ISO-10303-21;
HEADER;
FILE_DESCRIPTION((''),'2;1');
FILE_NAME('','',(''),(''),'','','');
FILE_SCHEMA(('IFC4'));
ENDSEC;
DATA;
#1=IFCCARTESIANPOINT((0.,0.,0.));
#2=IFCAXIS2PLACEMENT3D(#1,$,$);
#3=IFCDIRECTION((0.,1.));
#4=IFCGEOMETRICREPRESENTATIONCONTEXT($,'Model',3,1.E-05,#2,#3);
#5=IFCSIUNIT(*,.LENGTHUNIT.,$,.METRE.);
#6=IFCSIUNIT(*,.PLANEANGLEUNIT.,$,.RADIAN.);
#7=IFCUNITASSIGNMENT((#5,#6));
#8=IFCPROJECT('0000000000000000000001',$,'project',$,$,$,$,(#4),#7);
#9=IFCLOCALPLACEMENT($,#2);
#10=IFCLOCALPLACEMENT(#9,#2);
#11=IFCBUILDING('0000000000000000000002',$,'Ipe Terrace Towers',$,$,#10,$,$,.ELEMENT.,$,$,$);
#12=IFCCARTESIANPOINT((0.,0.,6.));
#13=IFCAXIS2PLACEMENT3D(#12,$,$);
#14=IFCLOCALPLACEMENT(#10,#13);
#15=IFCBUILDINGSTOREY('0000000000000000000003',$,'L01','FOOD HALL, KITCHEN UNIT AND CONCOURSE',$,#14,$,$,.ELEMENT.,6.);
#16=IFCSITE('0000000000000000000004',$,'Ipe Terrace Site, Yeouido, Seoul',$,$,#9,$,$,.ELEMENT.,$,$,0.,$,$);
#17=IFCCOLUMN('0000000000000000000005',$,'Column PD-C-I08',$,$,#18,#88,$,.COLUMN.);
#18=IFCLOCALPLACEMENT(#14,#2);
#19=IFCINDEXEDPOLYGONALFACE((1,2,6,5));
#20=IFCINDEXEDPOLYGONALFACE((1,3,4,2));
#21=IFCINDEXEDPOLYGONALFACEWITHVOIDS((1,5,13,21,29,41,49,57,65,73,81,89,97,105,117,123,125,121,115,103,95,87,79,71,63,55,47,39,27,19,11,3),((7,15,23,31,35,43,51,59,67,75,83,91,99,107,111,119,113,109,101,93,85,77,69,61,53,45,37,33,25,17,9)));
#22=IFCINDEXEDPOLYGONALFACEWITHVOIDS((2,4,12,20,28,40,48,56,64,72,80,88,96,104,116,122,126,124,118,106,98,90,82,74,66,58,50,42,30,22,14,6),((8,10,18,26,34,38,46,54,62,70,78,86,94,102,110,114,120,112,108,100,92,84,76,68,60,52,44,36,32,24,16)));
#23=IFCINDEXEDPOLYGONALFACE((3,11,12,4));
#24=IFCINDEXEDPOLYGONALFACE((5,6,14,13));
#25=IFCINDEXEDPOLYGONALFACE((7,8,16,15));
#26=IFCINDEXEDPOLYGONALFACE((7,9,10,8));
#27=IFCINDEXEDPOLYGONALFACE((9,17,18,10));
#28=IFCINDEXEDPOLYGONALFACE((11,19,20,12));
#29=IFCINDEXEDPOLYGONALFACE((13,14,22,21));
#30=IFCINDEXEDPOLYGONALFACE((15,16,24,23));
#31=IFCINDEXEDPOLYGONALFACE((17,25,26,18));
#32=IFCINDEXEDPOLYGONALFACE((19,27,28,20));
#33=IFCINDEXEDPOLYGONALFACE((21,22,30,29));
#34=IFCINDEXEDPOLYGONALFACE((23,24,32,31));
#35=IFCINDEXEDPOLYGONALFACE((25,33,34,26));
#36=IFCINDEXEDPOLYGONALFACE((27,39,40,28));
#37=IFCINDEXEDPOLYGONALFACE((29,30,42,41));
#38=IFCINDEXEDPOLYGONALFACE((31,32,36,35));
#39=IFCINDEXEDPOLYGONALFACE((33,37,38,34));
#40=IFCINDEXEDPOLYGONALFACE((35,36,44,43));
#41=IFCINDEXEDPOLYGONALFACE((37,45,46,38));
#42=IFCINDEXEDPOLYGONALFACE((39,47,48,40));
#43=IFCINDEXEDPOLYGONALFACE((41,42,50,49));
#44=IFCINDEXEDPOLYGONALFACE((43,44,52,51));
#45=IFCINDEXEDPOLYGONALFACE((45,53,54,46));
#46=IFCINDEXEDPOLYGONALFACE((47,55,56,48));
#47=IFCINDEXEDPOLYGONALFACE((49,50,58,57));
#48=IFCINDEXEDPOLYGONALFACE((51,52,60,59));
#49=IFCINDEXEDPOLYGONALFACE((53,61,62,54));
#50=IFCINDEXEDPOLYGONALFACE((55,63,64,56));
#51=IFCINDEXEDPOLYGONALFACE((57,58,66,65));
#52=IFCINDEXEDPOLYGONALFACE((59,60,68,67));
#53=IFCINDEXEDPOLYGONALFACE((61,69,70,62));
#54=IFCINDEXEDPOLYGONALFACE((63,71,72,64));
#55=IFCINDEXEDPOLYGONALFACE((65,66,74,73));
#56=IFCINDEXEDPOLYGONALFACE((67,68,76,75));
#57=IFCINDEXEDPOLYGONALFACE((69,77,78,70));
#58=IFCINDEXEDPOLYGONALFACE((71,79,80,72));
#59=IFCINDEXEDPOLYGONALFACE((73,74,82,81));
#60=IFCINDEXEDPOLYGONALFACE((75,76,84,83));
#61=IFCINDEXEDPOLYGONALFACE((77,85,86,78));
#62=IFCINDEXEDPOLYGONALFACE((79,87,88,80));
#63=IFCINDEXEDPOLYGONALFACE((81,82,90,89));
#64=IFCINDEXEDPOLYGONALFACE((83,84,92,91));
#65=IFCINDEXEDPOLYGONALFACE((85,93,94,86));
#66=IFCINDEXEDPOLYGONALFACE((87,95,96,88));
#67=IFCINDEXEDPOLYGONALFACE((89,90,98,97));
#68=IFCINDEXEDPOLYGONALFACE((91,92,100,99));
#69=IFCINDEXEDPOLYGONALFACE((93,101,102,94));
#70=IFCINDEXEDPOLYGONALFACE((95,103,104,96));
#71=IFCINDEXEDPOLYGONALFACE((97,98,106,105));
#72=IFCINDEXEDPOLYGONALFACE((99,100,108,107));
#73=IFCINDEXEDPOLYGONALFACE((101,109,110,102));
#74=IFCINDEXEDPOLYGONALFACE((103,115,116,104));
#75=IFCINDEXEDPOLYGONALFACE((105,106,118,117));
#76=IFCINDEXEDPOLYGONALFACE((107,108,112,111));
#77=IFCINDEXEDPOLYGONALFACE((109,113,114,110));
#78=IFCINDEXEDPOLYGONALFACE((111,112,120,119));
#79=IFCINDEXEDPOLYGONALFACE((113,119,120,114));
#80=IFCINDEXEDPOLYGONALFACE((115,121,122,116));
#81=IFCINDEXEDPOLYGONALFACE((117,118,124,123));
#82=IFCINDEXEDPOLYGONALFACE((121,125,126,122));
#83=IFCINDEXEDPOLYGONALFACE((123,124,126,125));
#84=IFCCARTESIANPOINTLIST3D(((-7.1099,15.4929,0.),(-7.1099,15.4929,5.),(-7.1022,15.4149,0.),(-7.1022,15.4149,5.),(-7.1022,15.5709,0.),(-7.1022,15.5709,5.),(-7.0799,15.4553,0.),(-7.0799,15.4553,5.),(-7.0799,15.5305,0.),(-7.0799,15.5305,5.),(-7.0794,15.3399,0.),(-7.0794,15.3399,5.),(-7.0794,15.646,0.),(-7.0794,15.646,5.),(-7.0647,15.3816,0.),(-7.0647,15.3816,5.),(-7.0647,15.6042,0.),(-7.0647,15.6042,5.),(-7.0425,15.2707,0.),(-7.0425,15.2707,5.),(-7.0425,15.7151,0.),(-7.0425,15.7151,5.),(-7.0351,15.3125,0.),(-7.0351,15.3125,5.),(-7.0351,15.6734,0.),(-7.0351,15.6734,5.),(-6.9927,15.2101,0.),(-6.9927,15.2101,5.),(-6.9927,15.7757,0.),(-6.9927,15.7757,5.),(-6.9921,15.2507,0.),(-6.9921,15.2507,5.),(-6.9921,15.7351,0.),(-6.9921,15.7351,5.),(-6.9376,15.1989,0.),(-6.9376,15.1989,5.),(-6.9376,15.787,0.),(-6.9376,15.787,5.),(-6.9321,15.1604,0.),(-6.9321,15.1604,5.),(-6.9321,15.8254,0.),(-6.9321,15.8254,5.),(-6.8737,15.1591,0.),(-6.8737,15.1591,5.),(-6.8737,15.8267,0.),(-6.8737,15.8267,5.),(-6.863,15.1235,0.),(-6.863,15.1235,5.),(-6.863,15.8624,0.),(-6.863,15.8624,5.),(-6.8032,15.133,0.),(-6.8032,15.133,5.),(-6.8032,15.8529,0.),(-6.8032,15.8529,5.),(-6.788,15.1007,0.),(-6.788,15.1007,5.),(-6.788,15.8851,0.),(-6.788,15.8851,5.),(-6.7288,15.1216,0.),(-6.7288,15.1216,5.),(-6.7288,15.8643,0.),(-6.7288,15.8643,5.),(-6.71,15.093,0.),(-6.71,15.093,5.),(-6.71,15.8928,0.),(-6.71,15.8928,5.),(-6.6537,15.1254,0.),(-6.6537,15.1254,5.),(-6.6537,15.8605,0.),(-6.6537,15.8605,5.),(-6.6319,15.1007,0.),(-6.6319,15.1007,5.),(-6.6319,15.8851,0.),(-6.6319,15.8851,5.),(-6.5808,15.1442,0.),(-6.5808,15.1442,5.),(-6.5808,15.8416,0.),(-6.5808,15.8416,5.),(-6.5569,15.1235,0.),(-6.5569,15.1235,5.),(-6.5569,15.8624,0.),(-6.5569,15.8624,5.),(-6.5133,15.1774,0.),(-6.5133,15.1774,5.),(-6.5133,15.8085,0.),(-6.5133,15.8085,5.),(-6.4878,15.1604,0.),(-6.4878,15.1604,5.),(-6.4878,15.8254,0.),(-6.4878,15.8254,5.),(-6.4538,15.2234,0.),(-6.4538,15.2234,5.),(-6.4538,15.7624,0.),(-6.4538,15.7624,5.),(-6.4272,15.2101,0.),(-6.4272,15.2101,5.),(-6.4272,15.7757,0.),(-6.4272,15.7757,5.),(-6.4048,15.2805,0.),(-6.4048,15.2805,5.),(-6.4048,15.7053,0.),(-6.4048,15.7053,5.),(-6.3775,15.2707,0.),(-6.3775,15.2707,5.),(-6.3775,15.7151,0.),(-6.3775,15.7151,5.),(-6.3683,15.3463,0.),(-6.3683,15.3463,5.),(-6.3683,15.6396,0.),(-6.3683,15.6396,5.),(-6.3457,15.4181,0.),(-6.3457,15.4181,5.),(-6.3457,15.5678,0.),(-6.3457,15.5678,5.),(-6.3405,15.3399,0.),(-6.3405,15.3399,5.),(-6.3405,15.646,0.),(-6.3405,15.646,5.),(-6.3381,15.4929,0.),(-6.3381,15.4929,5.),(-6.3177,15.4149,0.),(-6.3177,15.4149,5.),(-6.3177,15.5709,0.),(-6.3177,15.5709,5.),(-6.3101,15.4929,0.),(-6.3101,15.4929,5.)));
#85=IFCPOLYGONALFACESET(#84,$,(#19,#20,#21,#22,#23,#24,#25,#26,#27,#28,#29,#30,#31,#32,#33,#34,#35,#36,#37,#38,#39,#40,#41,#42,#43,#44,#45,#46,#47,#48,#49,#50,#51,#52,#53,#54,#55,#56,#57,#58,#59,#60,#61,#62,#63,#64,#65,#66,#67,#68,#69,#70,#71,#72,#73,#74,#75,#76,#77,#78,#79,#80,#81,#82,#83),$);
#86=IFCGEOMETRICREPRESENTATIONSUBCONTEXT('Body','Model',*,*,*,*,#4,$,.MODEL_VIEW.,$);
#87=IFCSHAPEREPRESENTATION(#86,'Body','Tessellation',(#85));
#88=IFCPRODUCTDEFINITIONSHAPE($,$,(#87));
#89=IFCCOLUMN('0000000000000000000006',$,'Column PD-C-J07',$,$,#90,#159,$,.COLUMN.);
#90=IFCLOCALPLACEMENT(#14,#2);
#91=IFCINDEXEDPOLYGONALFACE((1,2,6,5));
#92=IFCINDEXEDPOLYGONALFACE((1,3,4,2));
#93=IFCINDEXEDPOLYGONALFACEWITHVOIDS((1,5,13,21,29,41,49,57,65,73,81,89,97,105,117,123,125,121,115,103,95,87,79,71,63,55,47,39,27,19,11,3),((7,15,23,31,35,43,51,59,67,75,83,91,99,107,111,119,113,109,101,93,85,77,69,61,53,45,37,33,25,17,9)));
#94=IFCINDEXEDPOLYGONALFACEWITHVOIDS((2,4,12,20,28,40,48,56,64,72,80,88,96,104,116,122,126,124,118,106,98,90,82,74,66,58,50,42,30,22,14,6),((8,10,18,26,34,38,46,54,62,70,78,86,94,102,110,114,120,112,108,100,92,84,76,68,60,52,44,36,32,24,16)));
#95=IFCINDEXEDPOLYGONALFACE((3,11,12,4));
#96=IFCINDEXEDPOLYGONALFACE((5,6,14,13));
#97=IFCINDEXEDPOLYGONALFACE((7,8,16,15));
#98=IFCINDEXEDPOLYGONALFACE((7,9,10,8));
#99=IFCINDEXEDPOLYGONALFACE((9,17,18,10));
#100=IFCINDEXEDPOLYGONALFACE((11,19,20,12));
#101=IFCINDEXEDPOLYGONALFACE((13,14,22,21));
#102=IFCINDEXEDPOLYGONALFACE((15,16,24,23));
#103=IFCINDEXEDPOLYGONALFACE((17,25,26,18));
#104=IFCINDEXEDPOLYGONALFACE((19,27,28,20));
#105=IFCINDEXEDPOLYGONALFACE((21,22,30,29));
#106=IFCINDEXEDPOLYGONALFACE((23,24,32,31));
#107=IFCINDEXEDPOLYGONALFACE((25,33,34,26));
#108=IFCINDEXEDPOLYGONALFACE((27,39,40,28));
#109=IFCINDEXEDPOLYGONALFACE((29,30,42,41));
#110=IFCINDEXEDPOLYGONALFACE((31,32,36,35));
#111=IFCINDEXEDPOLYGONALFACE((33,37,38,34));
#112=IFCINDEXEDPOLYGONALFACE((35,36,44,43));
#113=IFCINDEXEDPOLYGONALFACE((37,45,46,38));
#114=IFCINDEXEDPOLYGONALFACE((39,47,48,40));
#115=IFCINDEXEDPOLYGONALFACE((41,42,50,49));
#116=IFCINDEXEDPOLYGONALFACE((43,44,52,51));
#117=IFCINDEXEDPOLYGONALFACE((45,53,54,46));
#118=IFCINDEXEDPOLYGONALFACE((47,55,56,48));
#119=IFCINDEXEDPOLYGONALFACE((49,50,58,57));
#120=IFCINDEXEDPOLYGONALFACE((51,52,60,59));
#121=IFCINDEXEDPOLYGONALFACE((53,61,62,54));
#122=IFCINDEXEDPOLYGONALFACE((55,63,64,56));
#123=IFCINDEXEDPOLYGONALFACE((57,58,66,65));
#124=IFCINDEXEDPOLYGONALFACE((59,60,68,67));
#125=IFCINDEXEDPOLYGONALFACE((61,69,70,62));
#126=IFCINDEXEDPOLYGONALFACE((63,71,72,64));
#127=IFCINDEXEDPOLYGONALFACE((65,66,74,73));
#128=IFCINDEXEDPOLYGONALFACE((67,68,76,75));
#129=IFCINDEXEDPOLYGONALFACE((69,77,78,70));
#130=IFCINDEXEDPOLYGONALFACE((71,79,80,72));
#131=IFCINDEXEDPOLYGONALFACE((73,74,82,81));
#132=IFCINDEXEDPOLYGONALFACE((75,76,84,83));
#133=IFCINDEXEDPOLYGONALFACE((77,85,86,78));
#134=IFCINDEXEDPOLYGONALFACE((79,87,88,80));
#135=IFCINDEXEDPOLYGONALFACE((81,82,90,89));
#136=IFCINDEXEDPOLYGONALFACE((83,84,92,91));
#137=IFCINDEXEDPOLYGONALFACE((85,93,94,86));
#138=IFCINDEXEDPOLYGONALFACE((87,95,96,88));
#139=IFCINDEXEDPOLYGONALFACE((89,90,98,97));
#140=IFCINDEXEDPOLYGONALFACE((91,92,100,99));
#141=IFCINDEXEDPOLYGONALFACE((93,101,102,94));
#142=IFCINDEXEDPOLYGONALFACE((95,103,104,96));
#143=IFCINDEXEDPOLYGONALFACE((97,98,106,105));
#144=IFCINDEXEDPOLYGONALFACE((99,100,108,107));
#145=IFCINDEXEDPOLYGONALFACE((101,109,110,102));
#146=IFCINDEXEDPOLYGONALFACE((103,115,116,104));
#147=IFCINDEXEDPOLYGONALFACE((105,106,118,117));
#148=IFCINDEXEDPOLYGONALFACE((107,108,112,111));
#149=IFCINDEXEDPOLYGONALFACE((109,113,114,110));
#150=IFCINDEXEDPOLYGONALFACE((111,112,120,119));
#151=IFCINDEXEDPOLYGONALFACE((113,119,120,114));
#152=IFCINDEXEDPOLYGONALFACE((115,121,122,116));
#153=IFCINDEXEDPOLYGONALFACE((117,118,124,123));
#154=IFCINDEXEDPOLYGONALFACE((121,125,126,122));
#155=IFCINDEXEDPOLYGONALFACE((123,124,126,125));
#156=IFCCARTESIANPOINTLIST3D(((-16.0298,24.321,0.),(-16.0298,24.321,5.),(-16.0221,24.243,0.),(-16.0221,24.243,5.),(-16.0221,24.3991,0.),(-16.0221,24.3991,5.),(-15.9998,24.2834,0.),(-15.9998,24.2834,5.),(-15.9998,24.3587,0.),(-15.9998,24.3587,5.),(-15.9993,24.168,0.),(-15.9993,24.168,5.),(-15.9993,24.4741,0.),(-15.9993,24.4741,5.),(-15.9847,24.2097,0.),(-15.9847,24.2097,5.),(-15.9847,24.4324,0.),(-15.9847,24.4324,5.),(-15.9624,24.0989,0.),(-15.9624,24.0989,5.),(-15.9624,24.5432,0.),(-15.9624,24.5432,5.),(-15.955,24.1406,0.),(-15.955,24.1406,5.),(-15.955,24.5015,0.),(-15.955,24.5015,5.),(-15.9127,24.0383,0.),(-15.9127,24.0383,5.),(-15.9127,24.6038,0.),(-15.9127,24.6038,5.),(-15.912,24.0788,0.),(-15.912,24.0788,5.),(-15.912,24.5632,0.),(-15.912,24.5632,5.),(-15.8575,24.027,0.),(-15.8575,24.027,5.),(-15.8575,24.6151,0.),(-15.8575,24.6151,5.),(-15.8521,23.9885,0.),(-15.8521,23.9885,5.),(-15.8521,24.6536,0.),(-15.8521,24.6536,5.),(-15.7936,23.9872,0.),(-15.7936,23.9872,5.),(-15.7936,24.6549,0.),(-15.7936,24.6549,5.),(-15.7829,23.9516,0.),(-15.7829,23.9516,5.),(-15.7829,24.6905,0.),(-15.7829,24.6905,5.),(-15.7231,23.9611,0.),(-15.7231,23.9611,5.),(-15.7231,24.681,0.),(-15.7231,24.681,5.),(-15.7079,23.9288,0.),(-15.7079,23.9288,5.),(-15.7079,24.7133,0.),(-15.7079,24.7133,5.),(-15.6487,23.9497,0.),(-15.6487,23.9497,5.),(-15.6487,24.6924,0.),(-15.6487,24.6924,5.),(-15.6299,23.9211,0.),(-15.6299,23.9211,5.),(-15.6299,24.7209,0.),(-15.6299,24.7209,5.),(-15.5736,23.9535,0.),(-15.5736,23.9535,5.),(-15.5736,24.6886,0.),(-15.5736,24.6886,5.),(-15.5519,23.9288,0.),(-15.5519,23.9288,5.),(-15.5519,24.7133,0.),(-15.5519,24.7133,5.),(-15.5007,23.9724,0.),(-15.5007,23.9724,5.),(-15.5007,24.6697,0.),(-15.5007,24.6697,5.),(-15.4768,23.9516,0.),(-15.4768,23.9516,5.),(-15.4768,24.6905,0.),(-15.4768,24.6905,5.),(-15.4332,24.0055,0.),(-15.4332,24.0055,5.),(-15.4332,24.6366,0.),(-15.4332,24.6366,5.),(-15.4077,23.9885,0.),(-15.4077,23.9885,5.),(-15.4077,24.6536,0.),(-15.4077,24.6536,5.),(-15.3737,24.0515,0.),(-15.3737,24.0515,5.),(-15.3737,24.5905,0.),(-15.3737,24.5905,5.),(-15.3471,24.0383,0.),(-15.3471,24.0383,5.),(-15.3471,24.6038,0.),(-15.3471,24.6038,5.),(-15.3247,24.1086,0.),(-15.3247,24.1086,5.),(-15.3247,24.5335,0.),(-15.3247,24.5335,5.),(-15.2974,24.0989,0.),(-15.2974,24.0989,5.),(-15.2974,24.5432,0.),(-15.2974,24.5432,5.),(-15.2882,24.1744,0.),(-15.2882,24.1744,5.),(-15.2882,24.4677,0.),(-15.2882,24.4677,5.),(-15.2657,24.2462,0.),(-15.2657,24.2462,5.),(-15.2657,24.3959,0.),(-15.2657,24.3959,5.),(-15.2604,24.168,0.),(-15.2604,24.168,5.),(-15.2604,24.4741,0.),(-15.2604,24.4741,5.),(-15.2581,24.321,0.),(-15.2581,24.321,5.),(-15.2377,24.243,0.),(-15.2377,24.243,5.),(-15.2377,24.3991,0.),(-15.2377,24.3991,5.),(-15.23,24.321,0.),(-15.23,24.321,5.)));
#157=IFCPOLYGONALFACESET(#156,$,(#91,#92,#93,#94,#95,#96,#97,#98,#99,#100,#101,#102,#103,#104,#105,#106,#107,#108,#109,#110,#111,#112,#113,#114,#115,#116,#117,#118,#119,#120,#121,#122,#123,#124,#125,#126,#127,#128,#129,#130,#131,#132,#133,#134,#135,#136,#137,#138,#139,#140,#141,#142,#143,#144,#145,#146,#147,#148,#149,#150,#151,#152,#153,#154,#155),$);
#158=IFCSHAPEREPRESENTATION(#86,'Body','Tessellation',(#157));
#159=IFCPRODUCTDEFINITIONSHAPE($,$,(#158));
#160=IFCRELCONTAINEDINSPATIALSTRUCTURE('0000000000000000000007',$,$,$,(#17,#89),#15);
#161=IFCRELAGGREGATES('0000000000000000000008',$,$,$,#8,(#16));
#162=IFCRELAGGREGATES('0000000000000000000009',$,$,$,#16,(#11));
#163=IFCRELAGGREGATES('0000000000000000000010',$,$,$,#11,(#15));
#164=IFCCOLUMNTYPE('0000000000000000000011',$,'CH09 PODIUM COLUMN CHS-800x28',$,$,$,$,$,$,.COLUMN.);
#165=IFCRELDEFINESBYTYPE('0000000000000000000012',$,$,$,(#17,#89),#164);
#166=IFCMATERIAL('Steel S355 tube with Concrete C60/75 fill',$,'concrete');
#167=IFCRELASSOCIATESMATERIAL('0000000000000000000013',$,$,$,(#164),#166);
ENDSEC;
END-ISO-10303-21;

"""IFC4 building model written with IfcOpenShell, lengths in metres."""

from ifc_helpers import new_model, si_unit, direction, frame, origin, origin_2d, place, context, subcontext, project, spatial, hollow_circle, extrude, material, material_profile, profile_set, type_object, element, save


model = new_model("IFC4")

# Units and contexts
model_context = context("Model", 3, precision=1e-05, world=origin(), true_north=direction((0.0, 1.0)))
body_context = subcontext(model_context, "Body", "Model", "MODEL_VIEW")
ifc_project = project(units=[si_unit("LENGTHUNIT", "METRE"), si_unit("PLANEANGLEUNIT", "RADIAN")], contexts=[model_context])

# Site, building, storey
site_placement = place(None, origin())
site = spatial("IfcSite", under=ifc_project, at=site_placement, Name="Ipe Terrace Site, Yeouido, Seoul", CompositionType="ELEMENT", RefElevation=0.0)
building_placement = place(site_placement, origin())
building = spatial("IfcBuilding", under=site, at=building_placement, Name="Ipe Terrace Towers", CompositionType="ELEMENT")
storey_placement = place(building_placement, frame((0.0, 0.0, 6.0)))
storey = spatial("IfcBuildingStorey", under=building, at=storey_placement, Name="L01", Description="FOOD HALL, KITCHEN UNIT AND CONCOURSE", CompositionType="ELEMENT", Elevation=6.0)

# Columns
ifc_material_1 = material(Name="Steel S355 tube with Concrete C60/75 fill", Category="concrete")
ifc_material_profile_1 = material_profile(ifc_material_1, hollow_circle(Radius=0.3999, WallThickness=0.0281, at=origin_2d()), Name="CHS-800x28")
ifc_profile_set_1 = profile_set([ifc_material_profile_1], Name="Steel S355 tube with Concrete C60/75 fill")
column_type_1 = type_object("IfcColumnType", Name="CH09 PODIUM COLUMN CHS-800x28", PredefinedType="COLUMN", material=ifc_profile_set_1)
for number, where, z_axis, x_axis, name in (
    (1, (-6.71, 15.4929, 0.0), (0.0, 0.0, 1.0), (1.0, 0.0, 0.0), "Column PD-C-I08"),
    (2, (-15.6299, 24.321, 0.0), (0.0, 0.0, 1.0), (1.0, 0.0, 0.0), "Column PD-C-J07"),
):
    element("IfcColumn", number, at=place(storey_placement, frame(where, z_axis=z_axis, x_axis=x_axis)), inside=storey, type_object=column_type_1, Name=name, PredefinedType="COLUMN", context=body_context, shape_type="SweptSolid", body=[
        extrude(hollow_circle(Radius=0.3999, WallThickness=0.0281, at=origin_2d()), origin(), (0.0, 0.0, 1.0), 5.0),
    ])

save(model, "model.ifc")
